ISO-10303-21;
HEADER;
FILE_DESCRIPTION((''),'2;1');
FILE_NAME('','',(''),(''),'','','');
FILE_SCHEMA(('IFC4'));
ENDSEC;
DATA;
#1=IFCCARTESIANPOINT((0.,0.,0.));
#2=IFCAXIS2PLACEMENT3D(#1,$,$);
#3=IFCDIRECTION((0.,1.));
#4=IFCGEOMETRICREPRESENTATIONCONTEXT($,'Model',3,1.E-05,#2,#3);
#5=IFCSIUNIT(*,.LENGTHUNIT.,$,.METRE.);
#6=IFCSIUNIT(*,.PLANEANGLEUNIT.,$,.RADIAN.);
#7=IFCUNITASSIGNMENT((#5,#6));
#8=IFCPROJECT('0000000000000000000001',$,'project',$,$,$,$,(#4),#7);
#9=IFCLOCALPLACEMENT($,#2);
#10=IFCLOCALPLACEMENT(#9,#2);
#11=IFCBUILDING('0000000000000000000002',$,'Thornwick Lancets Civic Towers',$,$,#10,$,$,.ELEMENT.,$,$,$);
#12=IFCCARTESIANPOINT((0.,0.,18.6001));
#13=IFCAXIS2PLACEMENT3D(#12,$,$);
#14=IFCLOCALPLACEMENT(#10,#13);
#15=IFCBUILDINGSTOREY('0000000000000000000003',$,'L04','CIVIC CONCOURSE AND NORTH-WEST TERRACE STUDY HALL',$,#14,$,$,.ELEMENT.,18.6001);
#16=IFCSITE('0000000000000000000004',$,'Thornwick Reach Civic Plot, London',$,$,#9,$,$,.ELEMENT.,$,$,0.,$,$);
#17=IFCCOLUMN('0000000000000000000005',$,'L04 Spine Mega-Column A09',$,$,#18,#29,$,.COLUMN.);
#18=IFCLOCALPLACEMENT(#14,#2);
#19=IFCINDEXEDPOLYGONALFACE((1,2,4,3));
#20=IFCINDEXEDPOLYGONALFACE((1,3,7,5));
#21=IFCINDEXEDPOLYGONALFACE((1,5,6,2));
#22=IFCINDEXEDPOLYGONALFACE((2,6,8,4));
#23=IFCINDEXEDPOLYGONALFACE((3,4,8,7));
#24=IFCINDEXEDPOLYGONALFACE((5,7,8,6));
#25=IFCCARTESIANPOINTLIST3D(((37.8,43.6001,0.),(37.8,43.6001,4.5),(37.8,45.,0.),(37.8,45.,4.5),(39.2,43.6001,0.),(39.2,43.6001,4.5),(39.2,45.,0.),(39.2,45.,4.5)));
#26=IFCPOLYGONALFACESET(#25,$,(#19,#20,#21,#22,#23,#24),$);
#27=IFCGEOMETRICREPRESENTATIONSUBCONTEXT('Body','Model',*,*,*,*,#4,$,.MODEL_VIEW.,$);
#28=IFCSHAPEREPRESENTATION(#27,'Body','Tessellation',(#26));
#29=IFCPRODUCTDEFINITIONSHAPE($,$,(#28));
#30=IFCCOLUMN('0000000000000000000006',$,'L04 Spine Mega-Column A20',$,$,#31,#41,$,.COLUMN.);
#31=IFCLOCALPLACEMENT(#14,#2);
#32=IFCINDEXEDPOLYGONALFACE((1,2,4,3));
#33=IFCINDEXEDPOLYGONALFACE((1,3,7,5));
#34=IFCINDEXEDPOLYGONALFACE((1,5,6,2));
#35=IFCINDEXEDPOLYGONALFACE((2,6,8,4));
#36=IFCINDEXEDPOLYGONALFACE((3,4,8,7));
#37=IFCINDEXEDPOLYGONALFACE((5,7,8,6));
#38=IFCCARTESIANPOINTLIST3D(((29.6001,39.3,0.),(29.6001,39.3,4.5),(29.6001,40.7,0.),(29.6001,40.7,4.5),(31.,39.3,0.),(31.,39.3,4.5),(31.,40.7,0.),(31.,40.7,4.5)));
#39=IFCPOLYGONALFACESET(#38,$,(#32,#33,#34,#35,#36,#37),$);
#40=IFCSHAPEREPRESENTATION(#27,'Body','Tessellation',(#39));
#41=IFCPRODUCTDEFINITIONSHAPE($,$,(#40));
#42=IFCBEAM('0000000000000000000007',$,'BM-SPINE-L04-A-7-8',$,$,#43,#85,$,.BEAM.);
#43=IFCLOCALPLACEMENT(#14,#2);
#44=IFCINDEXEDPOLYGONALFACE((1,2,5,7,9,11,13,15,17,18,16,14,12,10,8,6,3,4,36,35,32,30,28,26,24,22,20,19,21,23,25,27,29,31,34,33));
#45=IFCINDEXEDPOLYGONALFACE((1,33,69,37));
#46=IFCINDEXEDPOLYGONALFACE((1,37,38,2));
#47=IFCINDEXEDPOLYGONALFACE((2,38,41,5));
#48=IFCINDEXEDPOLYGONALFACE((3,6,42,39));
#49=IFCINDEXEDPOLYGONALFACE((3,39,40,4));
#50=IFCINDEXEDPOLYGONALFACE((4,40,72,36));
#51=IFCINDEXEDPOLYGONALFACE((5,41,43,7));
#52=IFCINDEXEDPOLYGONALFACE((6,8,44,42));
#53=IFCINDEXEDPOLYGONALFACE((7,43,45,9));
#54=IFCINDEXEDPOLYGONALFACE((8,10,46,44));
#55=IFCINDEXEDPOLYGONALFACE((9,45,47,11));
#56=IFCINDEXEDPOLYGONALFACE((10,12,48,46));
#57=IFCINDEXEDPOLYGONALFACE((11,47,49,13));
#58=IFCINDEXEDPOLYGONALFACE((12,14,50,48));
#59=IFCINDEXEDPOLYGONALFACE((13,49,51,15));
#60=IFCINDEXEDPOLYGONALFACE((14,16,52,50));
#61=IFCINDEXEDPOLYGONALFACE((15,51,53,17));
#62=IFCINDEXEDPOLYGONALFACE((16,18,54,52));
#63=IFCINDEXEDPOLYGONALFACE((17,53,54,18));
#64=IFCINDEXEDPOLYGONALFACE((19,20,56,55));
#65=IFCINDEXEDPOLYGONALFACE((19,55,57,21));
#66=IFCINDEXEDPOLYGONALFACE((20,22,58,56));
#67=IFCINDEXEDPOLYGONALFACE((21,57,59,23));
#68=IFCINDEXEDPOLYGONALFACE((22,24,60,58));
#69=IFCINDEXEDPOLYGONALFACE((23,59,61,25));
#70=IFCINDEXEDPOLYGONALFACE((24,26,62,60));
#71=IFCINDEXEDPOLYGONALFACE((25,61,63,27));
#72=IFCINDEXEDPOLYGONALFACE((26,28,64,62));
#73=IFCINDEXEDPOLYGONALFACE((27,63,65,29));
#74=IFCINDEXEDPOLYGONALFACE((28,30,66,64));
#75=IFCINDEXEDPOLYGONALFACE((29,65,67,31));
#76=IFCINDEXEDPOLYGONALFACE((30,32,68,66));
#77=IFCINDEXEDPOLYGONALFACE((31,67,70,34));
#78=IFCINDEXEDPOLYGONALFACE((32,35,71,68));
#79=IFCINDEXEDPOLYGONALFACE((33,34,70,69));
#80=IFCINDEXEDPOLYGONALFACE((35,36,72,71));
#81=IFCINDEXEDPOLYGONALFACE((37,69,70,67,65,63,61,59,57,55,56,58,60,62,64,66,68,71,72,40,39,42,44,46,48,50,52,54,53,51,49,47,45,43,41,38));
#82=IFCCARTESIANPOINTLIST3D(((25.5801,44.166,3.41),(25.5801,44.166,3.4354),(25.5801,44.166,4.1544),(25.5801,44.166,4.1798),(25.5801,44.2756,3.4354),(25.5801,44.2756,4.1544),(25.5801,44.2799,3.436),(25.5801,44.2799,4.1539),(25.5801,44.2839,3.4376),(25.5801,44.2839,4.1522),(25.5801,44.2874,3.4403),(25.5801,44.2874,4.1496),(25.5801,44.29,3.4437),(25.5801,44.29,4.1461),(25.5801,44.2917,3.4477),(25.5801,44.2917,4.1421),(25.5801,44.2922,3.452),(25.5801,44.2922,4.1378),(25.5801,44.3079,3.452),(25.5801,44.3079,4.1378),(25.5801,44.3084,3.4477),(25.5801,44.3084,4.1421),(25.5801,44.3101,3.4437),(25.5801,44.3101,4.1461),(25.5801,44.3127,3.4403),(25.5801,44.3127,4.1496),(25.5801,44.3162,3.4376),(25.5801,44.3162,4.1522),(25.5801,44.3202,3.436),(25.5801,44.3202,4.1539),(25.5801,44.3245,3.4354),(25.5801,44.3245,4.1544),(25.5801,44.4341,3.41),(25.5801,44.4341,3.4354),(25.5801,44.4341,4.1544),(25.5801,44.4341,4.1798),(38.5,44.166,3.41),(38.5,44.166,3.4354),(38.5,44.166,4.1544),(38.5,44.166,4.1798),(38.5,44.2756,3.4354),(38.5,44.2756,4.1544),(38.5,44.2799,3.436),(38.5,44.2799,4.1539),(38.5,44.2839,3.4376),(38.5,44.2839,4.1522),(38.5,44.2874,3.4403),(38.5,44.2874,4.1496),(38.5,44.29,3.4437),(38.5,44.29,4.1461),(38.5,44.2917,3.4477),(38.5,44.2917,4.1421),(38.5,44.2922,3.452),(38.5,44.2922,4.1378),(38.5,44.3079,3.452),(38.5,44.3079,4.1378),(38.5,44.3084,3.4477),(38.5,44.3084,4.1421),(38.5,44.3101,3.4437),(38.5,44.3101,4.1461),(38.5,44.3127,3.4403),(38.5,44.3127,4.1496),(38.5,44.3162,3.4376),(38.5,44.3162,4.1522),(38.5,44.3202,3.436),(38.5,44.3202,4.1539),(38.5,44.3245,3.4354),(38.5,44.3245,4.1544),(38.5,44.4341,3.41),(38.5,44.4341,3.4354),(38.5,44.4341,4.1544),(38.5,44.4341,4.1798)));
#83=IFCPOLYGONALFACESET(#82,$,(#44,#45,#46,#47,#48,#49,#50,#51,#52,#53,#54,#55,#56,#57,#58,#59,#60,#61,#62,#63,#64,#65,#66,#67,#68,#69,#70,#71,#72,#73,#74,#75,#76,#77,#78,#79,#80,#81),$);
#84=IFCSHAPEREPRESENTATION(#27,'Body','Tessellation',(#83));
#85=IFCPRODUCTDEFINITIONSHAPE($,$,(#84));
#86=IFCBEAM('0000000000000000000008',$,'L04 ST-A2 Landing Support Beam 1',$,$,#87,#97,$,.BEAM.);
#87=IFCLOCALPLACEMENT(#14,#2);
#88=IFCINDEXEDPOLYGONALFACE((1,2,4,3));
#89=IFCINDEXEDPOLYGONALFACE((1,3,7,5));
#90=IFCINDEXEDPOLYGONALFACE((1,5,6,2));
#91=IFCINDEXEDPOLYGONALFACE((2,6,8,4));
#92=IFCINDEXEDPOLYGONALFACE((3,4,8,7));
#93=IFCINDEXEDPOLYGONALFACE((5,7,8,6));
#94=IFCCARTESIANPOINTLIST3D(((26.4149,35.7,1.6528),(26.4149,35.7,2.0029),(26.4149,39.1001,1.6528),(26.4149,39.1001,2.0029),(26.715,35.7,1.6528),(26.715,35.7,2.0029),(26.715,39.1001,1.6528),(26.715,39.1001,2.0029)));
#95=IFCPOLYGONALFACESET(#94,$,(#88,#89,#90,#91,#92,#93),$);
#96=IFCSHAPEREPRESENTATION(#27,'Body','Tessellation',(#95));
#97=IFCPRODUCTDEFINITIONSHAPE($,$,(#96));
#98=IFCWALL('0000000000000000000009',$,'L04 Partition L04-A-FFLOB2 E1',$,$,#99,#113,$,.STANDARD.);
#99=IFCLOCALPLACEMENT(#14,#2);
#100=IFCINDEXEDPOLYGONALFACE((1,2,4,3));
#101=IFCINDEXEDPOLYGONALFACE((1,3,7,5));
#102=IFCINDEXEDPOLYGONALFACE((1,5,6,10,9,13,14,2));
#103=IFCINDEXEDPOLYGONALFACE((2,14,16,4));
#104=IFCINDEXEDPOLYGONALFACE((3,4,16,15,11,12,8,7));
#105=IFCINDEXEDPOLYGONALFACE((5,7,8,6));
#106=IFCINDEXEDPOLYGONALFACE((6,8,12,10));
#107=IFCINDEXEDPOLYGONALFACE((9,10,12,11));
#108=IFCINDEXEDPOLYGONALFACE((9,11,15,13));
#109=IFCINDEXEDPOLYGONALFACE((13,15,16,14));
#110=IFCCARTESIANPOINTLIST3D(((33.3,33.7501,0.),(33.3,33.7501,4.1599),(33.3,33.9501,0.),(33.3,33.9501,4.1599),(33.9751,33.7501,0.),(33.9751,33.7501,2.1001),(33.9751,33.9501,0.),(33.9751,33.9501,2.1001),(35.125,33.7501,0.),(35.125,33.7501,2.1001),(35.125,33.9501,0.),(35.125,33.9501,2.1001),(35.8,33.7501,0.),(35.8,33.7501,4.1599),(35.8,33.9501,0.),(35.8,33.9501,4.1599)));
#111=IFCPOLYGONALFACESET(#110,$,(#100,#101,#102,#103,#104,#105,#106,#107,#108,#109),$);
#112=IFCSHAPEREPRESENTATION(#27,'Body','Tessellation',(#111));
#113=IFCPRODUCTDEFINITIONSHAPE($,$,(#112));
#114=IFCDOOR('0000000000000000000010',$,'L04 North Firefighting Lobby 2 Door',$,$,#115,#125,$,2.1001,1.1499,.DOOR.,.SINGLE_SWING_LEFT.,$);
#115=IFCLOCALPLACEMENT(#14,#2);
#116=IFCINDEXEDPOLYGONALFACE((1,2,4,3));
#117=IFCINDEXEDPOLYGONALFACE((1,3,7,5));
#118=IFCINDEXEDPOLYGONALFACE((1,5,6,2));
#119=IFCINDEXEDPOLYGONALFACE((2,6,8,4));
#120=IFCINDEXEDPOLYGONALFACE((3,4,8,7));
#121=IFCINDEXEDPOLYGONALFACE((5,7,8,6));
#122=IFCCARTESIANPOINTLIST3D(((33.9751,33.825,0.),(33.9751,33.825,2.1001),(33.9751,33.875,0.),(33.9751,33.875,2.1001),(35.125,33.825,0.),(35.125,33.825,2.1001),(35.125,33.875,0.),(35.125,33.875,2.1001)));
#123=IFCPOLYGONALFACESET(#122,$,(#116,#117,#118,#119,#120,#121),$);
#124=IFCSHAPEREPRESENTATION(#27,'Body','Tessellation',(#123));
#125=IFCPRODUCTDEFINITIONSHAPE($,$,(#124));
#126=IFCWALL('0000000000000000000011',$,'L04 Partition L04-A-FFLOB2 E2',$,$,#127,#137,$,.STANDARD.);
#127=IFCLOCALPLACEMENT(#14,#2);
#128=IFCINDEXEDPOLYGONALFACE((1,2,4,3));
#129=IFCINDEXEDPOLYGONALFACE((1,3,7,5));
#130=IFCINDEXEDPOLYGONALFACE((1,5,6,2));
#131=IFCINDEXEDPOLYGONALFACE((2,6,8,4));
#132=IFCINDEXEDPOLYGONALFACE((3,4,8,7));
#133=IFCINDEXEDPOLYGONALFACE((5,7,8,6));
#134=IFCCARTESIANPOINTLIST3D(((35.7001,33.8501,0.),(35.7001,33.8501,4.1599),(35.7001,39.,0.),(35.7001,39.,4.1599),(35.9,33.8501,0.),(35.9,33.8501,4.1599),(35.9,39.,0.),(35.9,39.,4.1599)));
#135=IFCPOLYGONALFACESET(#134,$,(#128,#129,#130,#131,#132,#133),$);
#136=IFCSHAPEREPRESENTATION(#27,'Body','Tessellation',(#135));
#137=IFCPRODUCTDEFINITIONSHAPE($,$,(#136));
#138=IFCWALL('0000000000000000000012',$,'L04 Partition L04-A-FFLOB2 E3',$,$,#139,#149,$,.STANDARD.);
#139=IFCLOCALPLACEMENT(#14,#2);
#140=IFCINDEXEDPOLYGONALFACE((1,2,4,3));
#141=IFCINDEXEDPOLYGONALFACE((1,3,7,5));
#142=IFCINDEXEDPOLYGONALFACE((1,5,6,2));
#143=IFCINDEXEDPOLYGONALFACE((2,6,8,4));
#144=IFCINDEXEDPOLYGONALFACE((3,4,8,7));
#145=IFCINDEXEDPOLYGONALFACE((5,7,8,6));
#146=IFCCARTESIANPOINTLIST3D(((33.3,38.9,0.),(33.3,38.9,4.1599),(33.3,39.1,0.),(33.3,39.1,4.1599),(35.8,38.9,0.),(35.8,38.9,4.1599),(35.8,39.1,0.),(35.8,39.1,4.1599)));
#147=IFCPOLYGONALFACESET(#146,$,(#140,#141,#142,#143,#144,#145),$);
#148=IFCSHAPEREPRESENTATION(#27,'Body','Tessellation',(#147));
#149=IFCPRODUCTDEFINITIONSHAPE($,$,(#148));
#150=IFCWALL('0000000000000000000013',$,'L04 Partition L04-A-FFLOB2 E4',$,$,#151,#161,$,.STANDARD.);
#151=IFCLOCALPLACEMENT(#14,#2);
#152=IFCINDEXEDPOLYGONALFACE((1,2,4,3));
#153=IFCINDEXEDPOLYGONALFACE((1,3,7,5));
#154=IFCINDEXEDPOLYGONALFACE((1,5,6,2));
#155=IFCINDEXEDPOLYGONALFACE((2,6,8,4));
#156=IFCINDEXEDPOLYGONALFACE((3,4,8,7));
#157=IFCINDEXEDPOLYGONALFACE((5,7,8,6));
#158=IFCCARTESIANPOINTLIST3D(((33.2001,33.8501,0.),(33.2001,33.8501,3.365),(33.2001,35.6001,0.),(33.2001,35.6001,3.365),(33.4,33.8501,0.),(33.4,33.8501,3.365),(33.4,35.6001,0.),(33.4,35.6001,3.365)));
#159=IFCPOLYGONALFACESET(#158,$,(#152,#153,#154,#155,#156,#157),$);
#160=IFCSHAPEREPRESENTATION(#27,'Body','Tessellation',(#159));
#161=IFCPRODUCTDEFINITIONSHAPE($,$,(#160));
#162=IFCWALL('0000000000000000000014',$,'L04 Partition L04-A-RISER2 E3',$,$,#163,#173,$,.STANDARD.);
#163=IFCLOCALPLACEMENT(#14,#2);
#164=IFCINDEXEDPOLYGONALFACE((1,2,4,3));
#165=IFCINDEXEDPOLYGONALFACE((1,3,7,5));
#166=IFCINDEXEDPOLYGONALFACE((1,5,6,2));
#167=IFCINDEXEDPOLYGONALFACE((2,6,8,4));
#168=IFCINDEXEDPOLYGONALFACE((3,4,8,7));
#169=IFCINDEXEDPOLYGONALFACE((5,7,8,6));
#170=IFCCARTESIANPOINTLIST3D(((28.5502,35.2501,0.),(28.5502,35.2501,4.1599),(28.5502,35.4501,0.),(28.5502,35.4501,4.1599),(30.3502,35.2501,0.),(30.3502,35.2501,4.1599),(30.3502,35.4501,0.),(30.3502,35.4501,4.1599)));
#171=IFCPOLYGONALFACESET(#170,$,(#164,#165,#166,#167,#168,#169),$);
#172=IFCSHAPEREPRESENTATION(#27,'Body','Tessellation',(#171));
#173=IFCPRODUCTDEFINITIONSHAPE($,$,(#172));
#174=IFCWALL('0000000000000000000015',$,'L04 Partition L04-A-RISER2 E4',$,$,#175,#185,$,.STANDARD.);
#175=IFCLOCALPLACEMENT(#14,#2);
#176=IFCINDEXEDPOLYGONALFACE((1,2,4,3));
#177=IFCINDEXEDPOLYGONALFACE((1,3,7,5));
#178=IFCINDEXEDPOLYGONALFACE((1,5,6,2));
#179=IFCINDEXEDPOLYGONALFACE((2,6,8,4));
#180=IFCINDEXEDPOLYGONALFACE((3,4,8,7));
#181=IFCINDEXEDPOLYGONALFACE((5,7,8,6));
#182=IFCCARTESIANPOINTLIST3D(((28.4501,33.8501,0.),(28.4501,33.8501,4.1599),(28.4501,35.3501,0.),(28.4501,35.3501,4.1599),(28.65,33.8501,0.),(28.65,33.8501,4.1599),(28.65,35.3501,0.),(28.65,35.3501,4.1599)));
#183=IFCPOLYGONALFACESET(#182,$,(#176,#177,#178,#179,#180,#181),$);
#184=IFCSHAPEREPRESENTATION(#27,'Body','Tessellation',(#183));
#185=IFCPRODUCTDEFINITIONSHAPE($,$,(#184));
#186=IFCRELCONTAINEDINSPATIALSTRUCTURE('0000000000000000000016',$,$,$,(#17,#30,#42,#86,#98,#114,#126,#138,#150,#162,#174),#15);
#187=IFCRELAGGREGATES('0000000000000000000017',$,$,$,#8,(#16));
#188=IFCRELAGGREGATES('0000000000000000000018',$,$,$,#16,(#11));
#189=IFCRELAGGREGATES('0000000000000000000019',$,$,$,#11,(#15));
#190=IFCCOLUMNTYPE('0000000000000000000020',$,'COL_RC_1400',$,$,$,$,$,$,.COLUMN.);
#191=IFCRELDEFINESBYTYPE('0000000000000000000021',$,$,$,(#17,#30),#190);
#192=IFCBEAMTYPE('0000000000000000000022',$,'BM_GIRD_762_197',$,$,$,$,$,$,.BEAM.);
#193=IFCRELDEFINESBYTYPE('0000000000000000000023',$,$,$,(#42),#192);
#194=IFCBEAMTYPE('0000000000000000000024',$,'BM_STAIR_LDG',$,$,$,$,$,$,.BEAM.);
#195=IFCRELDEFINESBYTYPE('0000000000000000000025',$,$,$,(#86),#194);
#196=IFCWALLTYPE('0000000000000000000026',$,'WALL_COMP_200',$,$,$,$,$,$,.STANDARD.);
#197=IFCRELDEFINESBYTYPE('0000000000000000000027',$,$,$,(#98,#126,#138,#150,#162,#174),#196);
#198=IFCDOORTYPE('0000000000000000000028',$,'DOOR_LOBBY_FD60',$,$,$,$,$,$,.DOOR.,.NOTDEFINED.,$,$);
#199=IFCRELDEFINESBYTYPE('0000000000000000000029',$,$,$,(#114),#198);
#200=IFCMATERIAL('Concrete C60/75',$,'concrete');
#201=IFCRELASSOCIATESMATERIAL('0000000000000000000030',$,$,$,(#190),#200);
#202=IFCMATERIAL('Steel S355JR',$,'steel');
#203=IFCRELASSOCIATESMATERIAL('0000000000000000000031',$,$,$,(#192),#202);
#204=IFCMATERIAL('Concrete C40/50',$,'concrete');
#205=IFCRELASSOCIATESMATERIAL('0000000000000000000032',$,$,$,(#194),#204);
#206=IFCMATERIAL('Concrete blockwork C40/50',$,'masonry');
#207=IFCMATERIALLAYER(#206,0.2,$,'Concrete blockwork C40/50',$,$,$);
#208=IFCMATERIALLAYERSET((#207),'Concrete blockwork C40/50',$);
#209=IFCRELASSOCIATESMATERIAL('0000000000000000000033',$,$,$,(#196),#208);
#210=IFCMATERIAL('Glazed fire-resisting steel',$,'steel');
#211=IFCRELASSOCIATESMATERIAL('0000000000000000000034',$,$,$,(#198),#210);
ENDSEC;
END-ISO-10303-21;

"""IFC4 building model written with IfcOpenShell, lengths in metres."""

from ifc_helpers import new_model, si_unit, direction, frame, frame_2d, origin, origin_2d, place, context, subcontext, project, spatial, rectangle, i_section, extrude, material, layer, layer_set, material_profile, profile_set, type_object, element, fill, save


model = new_model("IFC4")

# Units and contexts
model_context = context("Model", 3, precision=1e-05, world=origin(), true_north=direction((0.0, 1.0)))
body_context = subcontext(model_context, "Body", "Model", "MODEL_VIEW")
ifc_project = project(units=[si_unit("LENGTHUNIT", "METRE"), si_unit("PLANEANGLEUNIT", "RADIAN")], contexts=[model_context])

# Site, building, storey
site_placement = place(None, origin())
site = spatial("IfcSite", under=ifc_project, at=site_placement, Name="Thornwick Reach Civic Plot, London", CompositionType="ELEMENT", RefElevation=0.0)
building_placement = place(site_placement, origin())
building = spatial("IfcBuilding", under=site, at=building_placement, Name="Thornwick Lancets Civic Towers", CompositionType="ELEMENT")
storey_placement = place(building_placement, frame((0.0, 0.0, 18.6001)))
storey = spatial("IfcBuildingStorey", under=building, at=storey_placement, Name="L04", Description="CIVIC CONCOURSE AND NORTH-WEST TERRACE STUDY HALL", CompositionType="ELEMENT", Elevation=18.6001)

# Columns
ifc_material_1 = material(Name="Concrete C60/75", Category="concrete")
ifc_material_profile_1 = material_profile(ifc_material_1, rectangle(XDim=1.3999, YDim=1.3999, at=origin_2d()), Name="RC 1400x1400")
ifc_profile_set_1 = profile_set([ifc_material_profile_1], Name="Concrete C60/75")
column_type = type_object("IfcColumnType", Name="COL_RC_1400", PredefinedType="COLUMN", material=ifc_profile_set_1)
for number, where, z_axis, x_axis, name in (
    (1, (38.5, 44.3, 0.0), (0.0, 0.0, 1.0), (1.0, 0.0, 0.0), "L04 Spine Mega-Column A09"),
    (2, (30.3, 40.0, 0.0), (0.0, 0.0, 1.0), (1.0, 0.0, 0.0), "L04 Spine Mega-Column A20"),
):
    element("IfcColumn", number, at=place(storey_placement, frame(where, z_axis=z_axis, x_axis=x_axis)), inside=storey, type_object=column_type, Name=name, PredefinedType="COLUMN", context=body_context, shape_type="SweptSolid", body=[
        extrude(rectangle(XDim=1.3999, YDim=1.3999, at=origin_2d()), origin(), (0.0, 0.0, 1.0), 4.5),
    ])

# Beams
ifc_material_2 = material(Name="Steel S355JR", Category="steel")
ifc_material_profile_2 = material_profile(ifc_material_2, i_section(OverallWidth=0.2681, OverallDepth=0.7698, WebThickness=0.0156, FlangeThickness=0.0254, FilletRadius=0.0166, at=origin_2d()), Name="UKB 762x267x197")
ifc_profile_set_2 = profile_set([ifc_material_profile_2], Name="Steel S355JR")
beam_type_1 = type_object("IfcBeamType", Name="BM_GIRD_762_197", PredefinedType="BEAM", material=ifc_profile_set_2)
beam_1_placement = place(storey_placement, frame((25.5801, 44.3, 3.7949), z_axis=(1.0, 0.0, 0.0), x_axis=(0.0, 1.0, 0.0)))
element("IfcBeam", 3, at=beam_1_placement, inside=storey, type_object=beam_type_1, Name="BM-SPINE-L04-A-7-8", PredefinedType="BEAM", context=body_context, shape_type="SweptSolid", body=[
    extrude(i_section(OverallWidth=0.2681, OverallDepth=0.7698, WebThickness=0.0156, FlangeThickness=0.0254, FilletRadius=0.0166, at=origin_2d()), origin(), (0.0, 0.0, 1.0), 12.9199),
])
ifc_material_3 = material(Name="Concrete C40/50", Category="concrete")
ifc_material_profile_3 = material_profile(ifc_material_3, rectangle(XDim=0.3, YDim=0.3501, at=origin_2d()), Name="RC 300x350")
ifc_profile_set_3 = profile_set([ifc_material_profile_3], Name="Concrete C40/50")
beam_type_2 = type_object("IfcBeamType", Name="BM_STAIR_LDG", PredefinedType="BEAM", material=ifc_profile_set_3)
beam_2_placement = place(storey_placement, frame((26.5649, 39.1001, 1.8279), z_axis=(0.0, -1.0, 0.0), x_axis=(1.0, 0.0, 0.0)))
element("IfcBeam", 4, at=beam_2_placement, inside=storey, type_object=beam_type_2, Name="L04 ST-A2 Landing Support Beam 1", PredefinedType="BEAM", context=body_context, shape_type="SweptSolid", body=[
    extrude(rectangle(XDim=0.3, YDim=0.3501, at=origin_2d()), origin(), (0.0, 0.0, 1.0), 3.4001),
])

# Wall, opening, door
ifc_material_4 = material(Name="Concrete blockwork C40/50", Category="masonry")
ifc_layer_1 = layer(ifc_material_4, 0.2, Name="Concrete blockwork C40/50")
ifc_layer_set_1 = layer_set([ifc_layer_1], Name="Concrete blockwork C40/50")
wall_type_1 = type_object("IfcWallType", Name="WALL_COMP_200", PredefinedType="STANDARD", material=ifc_layer_set_1)
wall_1_placement = place(storey_placement, frame((33.3, 33.8501, 0.0), z_axis=(0.0, 0.0, 1.0), x_axis=(1.0, 0.0, 0.0)))
wall_1 = element("IfcWall", 5, at=wall_1_placement, inside=storey, type_object=wall_type_1, Name="L04 Partition L04-A-FFLOB2 E1", PredefinedType="STANDARD", context=body_context, shape_type="SweptSolid", body=[
    extrude(rectangle(XDim=2.5, YDim=0.2, at=frame_2d((1.25, 0.0))), origin(), (0.0, 0.0, 1.0), 4.1599),
])
opening_1_placement = place(wall_1_placement, frame((0.675, 0.0, 0.0)))
opening_1 = element("IfcOpeningElement", 6, at=opening_1_placement, cuts=wall_1, PredefinedType="OPENING", context=body_context, shape_type="SweptSolid", body=[
    extrude(rectangle(XDim=1.1499, YDim=2.1001, at=frame_2d((0.575, 1.05))), frame((0.0, 0.1099, 0.0), z_axis=(0.0, -1.0, 0.0), x_axis=(1.0, 0.0, 0.0)), (0.0, 0.0, 1.0), 0.22),
])
ifc_material_5 = material(Name="Glazed fire-resisting steel", Category="steel")
door_type_1 = type_object("IfcDoorType", Name="DOOR_LOBBY_FD60", OperationType="NOTDEFINED", PredefinedType="DOOR", material=ifc_material_5)
door_1_placement = place(opening_1_placement, origin())
door_1 = element("IfcDoor", 7, at=door_1_placement, inside=storey, type_object=door_type_1, Name="L04 North Firefighting Lobby 2 Door", OperationType="SINGLE_SWING_LEFT", OverallHeight=2.1001, OverallWidth=1.1499, PredefinedType="DOOR", context=body_context, shape_type="SweptSolid", body=[
    extrude(rectangle(XDim=1.1499, YDim=2.1001, at=frame_2d((0.575, 1.05))), frame((0.0, 0.0249, 0.0), z_axis=(0.0, -1.0, 0.0), x_axis=(1.0, 0.0, 0.0)), (0.0, 0.0, 1.0), 0.05),
])
fill(opening_1, door_1)

# Walls
wall_2_placement = place(storey_placement, frame((35.8, 33.8501, 0.0), z_axis=(0.0, 0.0, 1.0), x_axis=(0.0, 1.0, 0.0)))
element("IfcWall", 8, at=wall_2_placement, inside=storey, type_object=wall_type_1, Name="L04 Partition L04-A-FFLOB2 E2", PredefinedType="STANDARD", context=body_context, shape_type="SweptSolid", body=[
    extrude(rectangle(XDim=5.1499, YDim=0.2, at=frame_2d((2.575, 0.0))), origin(), (0.0, 0.0, 1.0), 4.1599),
])
wall_3_placement = place(storey_placement, frame((35.8, 39.0, 0.0), z_axis=(0.0, 0.0, 1.0), x_axis=(-1.0, 0.0, 0.0)))
element("IfcWall", 9, at=wall_3_placement, inside=storey, type_object=wall_type_1, Name="L04 Partition L04-A-FFLOB2 E3", PredefinedType="STANDARD", context=body_context, shape_type="SweptSolid", body=[
    extrude(rectangle(XDim=2.5, YDim=0.2, at=frame_2d((1.25, 0.0))), origin(), (0.0, 0.0, 1.0), 4.1599),
])
wall_4_placement = place(storey_placement, frame((33.3, 35.6001, 0.0), z_axis=(0.0, 0.0, 1.0), x_axis=(0.0, -1.0, 0.0)))
element("IfcWall", 10, at=wall_4_placement, inside=storey, type_object=wall_type_1, Name="L04 Partition L04-A-FFLOB2 E4", PredefinedType="STANDARD", context=body_context, shape_type="SweptSolid", body=[
    extrude(rectangle(XDim=1.75, YDim=0.2, at=frame_2d((0.875, 0.0))), origin(), (0.0, 0.0, 1.0), 3.365),
])
wall_5_placement = place(storey_placement, frame((30.3501, 35.3501, 0.0), z_axis=(0.0, 0.0, 1.0), x_axis=(-1.0, 0.0, 0.0)))
element("IfcWall", 11, at=wall_5_placement, inside=storey, type_object=wall_type_1, Name="L04 Partition L04-A-RISER2 E3", PredefinedType="STANDARD", context=body_context, shape_type="SweptSolid", body=[
    extrude(rectangle(XDim=1.8, YDim=0.2, at=frame_2d((0.8999, 0.0))), origin(), (0.0, 0.0, 1.0), 4.1599),
])
wall_6_placement = place(storey_placement, frame((28.55, 35.3501, 0.0), z_axis=(0.0, 0.0, 1.0), x_axis=(0.0, -1.0, 0.0)))
element("IfcWall", 12, at=wall_6_placement, inside=storey, type_object=wall_type_1, Name="L04 Partition L04-A-RISER2 E4", PredefinedType="STANDARD", context=body_context, shape_type="SweptSolid", body=[
    extrude(rectangle(XDim=1.5, YDim=0.2, at=frame_2d((0.75, 0.0))), origin(), (0.0, 0.0, 1.0), 4.1599),
])

save(model, "model.ifc")
